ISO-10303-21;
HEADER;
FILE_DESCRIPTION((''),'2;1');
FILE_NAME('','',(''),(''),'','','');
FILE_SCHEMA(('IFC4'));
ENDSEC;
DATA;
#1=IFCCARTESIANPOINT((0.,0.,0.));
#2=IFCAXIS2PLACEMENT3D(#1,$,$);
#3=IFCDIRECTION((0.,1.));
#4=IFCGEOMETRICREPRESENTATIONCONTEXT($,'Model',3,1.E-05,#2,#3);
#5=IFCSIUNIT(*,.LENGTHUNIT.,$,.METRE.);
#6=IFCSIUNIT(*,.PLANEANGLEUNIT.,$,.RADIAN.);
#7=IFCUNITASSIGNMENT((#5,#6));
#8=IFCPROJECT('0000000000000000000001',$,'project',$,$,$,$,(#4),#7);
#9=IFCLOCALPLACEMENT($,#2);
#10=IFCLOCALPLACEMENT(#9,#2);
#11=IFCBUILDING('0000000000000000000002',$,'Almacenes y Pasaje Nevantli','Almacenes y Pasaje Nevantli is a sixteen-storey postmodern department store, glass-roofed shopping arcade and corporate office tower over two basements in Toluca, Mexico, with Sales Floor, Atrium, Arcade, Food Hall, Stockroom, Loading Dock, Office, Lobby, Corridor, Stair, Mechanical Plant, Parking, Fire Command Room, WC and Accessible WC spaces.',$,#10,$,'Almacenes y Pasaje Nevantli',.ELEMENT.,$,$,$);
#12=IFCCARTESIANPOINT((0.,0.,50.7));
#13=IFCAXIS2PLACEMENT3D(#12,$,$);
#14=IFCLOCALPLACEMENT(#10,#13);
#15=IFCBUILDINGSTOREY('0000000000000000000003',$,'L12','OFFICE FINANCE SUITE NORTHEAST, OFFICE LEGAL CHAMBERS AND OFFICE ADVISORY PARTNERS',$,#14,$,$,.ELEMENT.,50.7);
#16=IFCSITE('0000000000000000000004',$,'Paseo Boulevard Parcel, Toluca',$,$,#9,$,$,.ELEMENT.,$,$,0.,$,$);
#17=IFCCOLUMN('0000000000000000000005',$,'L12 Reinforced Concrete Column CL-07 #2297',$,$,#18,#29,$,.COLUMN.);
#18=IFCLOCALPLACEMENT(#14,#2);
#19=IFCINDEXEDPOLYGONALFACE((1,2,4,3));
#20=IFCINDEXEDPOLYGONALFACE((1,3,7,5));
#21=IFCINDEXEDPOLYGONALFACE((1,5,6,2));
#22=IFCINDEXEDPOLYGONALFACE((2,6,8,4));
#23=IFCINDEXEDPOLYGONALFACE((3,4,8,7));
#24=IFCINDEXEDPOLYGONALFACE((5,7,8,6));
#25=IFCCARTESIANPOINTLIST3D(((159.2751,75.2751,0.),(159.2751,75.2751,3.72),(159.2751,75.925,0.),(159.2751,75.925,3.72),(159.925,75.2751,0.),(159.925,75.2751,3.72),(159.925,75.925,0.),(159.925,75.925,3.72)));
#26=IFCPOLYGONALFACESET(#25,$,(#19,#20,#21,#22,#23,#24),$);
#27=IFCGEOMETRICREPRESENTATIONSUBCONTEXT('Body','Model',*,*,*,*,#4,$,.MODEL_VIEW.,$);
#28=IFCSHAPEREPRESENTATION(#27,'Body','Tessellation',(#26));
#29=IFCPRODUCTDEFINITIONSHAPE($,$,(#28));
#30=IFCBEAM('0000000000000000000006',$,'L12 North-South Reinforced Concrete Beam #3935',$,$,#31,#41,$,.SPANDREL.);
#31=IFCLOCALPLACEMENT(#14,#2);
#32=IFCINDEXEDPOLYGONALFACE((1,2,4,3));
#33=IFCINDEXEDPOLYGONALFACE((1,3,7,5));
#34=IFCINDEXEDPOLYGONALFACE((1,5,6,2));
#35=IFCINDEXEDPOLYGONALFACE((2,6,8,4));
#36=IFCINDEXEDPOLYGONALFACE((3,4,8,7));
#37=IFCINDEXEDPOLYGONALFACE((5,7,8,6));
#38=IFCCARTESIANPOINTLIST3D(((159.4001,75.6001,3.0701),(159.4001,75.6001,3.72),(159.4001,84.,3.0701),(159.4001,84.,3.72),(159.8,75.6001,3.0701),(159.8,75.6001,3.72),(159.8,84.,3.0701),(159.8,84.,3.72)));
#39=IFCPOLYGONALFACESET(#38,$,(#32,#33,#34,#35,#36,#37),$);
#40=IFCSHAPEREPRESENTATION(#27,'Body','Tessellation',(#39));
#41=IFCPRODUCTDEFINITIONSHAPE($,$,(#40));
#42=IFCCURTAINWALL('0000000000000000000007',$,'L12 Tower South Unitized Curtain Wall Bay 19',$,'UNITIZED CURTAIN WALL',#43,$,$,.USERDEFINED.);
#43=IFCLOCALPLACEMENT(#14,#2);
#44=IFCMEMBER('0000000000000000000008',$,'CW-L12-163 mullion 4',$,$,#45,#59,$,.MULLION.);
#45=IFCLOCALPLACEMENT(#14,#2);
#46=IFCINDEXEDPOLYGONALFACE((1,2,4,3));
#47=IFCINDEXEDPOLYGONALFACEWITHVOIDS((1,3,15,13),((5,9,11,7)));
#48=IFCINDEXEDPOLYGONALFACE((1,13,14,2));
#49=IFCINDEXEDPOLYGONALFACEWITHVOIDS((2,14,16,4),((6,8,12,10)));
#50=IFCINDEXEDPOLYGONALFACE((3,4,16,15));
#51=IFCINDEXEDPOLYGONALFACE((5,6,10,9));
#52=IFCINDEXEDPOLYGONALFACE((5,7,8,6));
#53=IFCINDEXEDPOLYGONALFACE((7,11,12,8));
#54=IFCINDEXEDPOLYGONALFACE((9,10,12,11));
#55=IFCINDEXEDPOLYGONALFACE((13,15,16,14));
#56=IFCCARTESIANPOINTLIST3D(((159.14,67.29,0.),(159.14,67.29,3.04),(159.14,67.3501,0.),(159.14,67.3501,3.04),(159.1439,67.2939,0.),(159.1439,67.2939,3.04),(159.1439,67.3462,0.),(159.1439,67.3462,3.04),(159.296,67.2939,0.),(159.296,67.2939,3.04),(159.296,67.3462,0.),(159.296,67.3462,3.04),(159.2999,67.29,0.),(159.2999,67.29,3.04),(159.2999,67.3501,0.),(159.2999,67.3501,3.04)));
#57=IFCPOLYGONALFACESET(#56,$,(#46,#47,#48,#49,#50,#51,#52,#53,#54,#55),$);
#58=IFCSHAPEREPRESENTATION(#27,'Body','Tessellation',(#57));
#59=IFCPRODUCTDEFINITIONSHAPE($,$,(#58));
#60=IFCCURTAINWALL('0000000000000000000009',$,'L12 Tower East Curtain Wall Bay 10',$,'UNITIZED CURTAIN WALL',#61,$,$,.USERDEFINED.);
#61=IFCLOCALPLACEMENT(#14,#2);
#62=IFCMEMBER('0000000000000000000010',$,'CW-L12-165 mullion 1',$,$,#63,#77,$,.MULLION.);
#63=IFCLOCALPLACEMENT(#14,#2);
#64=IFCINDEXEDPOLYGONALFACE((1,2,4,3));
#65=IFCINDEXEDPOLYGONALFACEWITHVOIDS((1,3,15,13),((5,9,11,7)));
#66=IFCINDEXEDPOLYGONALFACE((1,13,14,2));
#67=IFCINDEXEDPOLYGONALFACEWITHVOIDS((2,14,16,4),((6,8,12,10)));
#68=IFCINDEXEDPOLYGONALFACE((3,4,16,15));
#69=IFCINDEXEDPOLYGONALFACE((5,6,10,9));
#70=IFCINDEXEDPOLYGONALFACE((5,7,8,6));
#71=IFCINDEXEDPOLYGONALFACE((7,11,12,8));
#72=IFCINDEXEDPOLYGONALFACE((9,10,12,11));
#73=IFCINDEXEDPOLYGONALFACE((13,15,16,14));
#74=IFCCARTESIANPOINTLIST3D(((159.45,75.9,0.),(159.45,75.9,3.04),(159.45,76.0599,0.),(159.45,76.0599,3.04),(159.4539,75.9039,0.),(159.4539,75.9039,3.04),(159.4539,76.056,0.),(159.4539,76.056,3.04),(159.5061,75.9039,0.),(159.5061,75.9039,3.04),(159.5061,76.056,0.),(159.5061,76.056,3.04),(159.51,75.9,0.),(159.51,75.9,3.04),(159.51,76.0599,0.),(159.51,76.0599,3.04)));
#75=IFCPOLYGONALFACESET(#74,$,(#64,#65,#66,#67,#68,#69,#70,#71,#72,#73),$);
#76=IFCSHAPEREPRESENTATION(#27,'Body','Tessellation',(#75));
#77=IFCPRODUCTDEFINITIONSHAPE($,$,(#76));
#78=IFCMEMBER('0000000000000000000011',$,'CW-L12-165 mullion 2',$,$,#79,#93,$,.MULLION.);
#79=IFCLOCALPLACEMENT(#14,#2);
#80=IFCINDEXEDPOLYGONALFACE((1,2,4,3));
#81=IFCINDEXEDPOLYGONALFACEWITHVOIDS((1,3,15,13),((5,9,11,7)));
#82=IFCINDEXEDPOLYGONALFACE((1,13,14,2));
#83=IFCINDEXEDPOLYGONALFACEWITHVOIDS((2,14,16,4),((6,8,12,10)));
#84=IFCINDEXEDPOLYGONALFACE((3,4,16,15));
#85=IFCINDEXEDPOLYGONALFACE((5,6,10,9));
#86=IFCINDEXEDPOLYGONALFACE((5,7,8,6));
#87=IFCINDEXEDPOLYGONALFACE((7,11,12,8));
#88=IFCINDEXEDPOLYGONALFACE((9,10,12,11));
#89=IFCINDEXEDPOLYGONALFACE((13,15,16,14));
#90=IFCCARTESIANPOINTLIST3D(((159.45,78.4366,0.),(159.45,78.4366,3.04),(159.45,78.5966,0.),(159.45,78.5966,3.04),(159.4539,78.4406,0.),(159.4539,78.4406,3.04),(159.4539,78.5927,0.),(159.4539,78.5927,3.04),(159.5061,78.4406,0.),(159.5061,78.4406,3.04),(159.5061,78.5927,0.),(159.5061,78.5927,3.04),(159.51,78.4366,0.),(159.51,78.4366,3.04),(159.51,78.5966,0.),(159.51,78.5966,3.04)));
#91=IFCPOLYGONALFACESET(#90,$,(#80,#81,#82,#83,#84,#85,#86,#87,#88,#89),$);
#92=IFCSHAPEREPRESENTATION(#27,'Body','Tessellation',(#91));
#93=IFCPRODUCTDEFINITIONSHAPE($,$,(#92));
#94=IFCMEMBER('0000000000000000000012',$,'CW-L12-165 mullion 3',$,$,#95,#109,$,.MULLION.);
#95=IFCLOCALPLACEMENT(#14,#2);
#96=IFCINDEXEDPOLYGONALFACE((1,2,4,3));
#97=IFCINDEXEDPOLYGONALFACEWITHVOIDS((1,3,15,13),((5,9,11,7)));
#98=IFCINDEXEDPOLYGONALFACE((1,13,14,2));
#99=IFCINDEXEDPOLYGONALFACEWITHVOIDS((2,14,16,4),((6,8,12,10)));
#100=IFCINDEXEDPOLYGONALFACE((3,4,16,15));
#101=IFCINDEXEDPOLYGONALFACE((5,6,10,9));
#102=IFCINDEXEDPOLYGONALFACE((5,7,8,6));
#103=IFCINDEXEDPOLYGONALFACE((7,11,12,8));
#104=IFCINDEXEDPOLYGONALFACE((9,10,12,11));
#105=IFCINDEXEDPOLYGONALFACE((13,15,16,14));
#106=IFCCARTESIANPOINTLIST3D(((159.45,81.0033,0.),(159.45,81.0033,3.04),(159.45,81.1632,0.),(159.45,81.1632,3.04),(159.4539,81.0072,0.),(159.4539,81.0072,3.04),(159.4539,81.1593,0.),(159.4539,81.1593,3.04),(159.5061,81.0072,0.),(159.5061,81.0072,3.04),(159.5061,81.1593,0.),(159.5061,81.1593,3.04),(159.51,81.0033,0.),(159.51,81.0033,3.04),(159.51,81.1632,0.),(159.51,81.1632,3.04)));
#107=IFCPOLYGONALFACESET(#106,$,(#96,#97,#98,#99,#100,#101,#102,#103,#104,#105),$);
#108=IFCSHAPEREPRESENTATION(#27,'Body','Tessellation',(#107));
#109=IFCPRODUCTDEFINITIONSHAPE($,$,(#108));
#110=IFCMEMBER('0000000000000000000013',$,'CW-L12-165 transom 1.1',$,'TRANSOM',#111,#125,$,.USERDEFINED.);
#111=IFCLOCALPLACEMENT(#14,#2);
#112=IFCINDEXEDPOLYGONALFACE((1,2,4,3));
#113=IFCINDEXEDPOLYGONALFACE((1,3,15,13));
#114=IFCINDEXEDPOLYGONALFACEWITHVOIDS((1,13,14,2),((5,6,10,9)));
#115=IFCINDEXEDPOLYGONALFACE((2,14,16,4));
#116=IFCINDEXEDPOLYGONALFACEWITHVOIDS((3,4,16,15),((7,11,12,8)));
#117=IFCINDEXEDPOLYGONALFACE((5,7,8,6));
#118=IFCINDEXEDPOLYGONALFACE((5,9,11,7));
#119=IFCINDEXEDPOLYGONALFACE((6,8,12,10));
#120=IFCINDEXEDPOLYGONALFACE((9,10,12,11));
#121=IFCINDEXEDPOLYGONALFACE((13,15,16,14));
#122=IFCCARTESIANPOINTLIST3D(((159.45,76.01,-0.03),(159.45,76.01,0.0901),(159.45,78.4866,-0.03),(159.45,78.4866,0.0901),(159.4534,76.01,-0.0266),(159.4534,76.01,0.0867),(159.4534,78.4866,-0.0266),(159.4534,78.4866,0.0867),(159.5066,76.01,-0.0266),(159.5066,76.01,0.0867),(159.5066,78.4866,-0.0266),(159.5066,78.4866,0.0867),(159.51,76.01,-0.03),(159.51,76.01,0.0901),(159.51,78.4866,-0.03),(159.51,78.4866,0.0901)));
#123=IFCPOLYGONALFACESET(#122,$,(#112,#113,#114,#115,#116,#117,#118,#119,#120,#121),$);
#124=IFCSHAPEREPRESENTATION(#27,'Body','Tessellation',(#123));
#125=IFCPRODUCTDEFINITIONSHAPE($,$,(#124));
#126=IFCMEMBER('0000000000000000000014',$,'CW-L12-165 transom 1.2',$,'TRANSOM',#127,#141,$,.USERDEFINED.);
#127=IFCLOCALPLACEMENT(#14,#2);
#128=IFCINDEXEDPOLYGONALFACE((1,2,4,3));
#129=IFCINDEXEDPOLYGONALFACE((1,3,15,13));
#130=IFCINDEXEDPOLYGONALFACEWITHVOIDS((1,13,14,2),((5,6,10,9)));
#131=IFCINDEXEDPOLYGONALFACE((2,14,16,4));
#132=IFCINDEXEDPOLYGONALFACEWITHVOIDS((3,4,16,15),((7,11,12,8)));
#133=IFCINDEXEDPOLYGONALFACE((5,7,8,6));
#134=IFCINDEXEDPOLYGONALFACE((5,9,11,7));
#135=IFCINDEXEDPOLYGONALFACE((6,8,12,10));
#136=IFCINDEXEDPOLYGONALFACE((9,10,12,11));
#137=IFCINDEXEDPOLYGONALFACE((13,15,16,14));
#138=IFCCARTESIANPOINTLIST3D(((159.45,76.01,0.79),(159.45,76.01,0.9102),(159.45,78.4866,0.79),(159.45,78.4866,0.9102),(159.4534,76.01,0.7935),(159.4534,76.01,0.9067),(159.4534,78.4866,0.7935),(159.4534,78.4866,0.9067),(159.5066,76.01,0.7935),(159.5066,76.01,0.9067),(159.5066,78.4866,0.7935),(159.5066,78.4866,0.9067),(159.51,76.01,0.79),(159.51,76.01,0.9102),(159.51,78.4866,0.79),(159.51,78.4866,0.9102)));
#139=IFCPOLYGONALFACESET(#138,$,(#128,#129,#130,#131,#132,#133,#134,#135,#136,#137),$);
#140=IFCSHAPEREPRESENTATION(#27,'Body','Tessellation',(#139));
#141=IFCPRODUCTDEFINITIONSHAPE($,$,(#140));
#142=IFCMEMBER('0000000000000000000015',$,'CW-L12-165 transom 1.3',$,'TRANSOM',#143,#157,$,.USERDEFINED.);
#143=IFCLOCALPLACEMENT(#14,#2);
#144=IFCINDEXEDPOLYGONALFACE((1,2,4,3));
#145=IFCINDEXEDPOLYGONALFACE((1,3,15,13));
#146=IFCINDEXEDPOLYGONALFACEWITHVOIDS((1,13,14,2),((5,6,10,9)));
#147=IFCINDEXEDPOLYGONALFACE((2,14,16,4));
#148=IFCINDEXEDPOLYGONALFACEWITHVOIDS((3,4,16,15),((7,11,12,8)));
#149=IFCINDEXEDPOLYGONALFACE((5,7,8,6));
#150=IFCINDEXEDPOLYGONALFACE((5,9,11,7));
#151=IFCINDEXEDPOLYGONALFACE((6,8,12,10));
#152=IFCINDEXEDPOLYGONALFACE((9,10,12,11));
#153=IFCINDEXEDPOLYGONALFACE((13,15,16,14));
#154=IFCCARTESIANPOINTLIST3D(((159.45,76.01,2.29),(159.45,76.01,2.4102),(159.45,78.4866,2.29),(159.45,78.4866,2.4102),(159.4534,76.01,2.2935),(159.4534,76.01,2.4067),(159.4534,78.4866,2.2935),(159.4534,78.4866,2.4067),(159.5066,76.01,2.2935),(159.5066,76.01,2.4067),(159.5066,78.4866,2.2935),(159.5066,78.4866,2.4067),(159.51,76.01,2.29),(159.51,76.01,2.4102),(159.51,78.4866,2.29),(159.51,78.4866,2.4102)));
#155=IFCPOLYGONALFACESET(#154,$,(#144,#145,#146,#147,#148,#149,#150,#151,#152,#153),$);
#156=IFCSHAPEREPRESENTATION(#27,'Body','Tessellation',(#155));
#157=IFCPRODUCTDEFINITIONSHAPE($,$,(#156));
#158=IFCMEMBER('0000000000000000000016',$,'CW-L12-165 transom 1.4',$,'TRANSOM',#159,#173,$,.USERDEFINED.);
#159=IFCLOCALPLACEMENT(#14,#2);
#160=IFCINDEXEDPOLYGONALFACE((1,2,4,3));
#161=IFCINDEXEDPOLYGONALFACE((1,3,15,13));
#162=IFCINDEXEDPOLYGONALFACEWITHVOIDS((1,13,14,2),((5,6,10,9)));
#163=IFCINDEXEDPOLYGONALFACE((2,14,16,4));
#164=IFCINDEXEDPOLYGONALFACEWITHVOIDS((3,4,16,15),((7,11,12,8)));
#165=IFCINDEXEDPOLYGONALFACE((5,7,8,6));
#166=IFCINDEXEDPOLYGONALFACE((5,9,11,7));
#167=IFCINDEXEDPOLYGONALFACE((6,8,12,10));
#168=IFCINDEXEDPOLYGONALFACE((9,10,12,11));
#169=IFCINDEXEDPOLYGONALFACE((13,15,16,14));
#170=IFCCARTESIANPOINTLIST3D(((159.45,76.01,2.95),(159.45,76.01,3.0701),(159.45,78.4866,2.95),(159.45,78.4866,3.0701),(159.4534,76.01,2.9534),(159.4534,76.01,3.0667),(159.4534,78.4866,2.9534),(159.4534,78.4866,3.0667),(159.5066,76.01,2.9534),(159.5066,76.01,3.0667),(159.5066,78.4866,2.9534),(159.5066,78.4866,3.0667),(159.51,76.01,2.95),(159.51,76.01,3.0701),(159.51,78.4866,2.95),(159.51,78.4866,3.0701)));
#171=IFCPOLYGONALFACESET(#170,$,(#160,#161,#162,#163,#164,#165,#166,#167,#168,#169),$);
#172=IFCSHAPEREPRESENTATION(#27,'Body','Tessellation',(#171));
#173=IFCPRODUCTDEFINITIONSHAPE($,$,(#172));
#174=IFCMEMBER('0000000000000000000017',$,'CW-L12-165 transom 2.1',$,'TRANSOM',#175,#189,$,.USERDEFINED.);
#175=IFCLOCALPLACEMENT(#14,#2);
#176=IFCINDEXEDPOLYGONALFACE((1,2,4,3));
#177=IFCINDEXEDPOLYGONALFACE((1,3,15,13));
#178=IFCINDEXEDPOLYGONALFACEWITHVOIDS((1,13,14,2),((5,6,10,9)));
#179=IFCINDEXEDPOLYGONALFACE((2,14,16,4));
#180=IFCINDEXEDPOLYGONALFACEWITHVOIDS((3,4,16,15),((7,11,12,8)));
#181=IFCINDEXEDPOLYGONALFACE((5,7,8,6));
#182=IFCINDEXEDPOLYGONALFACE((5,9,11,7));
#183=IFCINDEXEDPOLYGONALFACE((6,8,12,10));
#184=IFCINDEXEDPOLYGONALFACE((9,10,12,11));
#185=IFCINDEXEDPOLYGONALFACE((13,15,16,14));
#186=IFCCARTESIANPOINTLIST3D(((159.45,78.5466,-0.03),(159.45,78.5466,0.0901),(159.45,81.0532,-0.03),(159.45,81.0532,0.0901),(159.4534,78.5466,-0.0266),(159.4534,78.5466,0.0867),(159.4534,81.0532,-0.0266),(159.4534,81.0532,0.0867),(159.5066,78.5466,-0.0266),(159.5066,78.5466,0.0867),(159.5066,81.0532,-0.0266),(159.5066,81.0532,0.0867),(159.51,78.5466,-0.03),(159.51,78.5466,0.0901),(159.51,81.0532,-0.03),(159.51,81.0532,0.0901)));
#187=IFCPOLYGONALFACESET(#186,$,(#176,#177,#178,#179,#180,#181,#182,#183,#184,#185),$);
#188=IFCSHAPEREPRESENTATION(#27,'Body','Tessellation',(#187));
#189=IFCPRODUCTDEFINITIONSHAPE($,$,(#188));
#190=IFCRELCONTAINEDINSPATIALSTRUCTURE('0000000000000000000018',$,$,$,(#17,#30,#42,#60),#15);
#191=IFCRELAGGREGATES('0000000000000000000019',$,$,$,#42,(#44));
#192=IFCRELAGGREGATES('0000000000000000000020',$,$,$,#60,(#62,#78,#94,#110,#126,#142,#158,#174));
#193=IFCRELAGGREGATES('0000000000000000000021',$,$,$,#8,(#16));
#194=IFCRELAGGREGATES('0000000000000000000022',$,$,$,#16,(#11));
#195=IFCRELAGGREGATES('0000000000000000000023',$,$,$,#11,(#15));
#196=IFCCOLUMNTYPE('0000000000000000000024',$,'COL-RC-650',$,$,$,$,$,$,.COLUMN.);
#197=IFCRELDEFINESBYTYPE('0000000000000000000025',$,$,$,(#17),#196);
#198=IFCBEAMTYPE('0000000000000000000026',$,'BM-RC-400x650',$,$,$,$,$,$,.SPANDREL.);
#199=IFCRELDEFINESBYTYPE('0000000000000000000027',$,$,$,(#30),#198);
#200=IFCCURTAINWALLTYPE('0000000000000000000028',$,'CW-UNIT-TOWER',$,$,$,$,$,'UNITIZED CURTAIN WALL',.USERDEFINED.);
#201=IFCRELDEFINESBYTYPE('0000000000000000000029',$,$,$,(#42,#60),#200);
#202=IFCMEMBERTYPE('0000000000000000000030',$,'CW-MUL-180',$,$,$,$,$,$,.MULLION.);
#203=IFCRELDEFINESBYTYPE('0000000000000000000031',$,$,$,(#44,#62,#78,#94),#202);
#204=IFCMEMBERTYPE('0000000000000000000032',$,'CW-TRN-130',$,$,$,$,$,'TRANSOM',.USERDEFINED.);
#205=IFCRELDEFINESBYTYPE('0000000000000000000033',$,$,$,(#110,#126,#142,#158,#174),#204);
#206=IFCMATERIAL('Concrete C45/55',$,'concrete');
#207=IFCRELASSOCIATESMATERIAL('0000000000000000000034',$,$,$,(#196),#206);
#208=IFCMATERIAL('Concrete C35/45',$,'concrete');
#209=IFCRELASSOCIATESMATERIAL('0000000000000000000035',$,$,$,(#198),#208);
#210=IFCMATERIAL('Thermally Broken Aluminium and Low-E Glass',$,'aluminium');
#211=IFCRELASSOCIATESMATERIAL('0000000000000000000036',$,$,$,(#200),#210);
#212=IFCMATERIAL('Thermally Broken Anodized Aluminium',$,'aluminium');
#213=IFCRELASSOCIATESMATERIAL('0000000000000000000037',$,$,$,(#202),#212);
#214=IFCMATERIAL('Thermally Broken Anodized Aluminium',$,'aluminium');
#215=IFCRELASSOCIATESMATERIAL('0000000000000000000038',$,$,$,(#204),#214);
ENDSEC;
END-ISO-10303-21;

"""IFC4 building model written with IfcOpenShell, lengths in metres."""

from ifc_helpers import new_model, si_unit, direction, frame, origin, origin_2d, place, context, subcontext, project, spatial, rectangle, hollow_rectangle, extrude, material, material_profile, profile_set, type_object, element, aggregate, save


model = new_model("IFC4")

# Units and contexts
model_context = context("Model", 3, precision=1e-05, world=origin(), true_north=direction((0.0, 1.0)))
body_context = subcontext(model_context, "Body", "Model", "MODEL_VIEW")
ifc_project = project(units=[si_unit("LENGTHUNIT", "METRE"), si_unit("PLANEANGLEUNIT", "RADIAN")], contexts=[model_context])

# Site, building, storey
site_placement = place(None, origin())
site = spatial("IfcSite", under=ifc_project, at=site_placement, Name="Paseo Boulevard Parcel, Toluca", CompositionType="ELEMENT", RefElevation=0.0)
building_placement = place(site_placement, origin())
building = spatial("IfcBuilding", under=site, at=building_placement, Name="Almacenes y Pasaje Nevantli", Description="Almacenes y Pasaje Nevantli is a sixteen-storey postmodern department store, glass-roofed shopping arcade and corporate office tower over two basements in Toluca, Mexico, with Sales Floor, Atrium, Arcade, Food Hall, Stockroom, Loading Dock, Office, Lobby, Corridor, Stair, Mechanical Plant, Parking, Fire Command Room, WC and Accessible WC spaces.", LongName="Almacenes y Pasaje Nevantli", CompositionType="ELEMENT")
storey_placement = place(building_placement, frame((0.0, 0.0, 50.7)))
storey = spatial("IfcBuildingStorey", under=building, at=storey_placement, Name="L12", Description="OFFICE FINANCE SUITE NORTHEAST, OFFICE LEGAL CHAMBERS AND OFFICE ADVISORY PARTNERS", CompositionType="ELEMENT", Elevation=50.7)

# Column
ifc_material_1 = material(Name="Concrete C45/55", Category="concrete")
ifc_material_profile_1 = material_profile(ifc_material_1, rectangle(XDim=0.6499, YDim=0.6499, at=origin_2d()), Name="RC-COL-650x650")
ifc_profile_set_1 = profile_set([ifc_material_profile_1], Name="Concrete C45/55")
column_type = type_object("IfcColumnType", Name="COL-RC-650", PredefinedType="COLUMN", material=ifc_profile_set_1)
column_placement = place(storey_placement, frame((159.6001, 75.6001, 0.0), z_axis=(0.0, 0.0, 1.0), x_axis=(1.0, 0.0, 0.0)))
element("IfcColumn", 1, at=column_placement, inside=storey, type_object=column_type, Name="L12 Reinforced Concrete Column CL-07 #2297", PredefinedType="COLUMN", context=body_context, shape_type="SweptSolid", body=[
    extrude(rectangle(XDim=0.6499, YDim=0.6499, at=origin_2d()), origin(), (0.0, 0.0, 1.0), 3.72),
])

# Beam
ifc_material_2 = material(Name="Concrete C35/45", Category="concrete")
ifc_material_profile_2 = material_profile(ifc_material_2, rectangle(XDim=0.3999, YDim=0.6499, at=origin_2d()), Name="RC-BM-400x650")
ifc_profile_set_2 = profile_set([ifc_material_profile_2], Name="Concrete C35/45")
beam_type = type_object("IfcBeamType", Name="BM-RC-400x650", PredefinedType="SPANDREL", material=ifc_profile_set_2)
beam_placement = place(storey_placement, frame((159.6001, 75.6001, 3.395), z_axis=(0.0, 1.0, 0.0), x_axis=(-1.0, 0.0, 0.0)))
element("IfcBeam", 2, at=beam_placement, inside=storey, type_object=beam_type, Name="L12 North-South Reinforced Concrete Beam #3935", PredefinedType="SPANDREL", context=body_context, shape_type="SweptSolid", body=[
    extrude(rectangle(XDim=0.3999, YDim=0.6499, at=origin_2d()), origin(), (0.0, 0.0, 1.0), 8.3999),
])

# Curtain wall, member
ifc_material_3 = material(Name="Thermally Broken Aluminium and Low-E Glass", Category="aluminium")
curtain_wall_type = type_object("IfcCurtainWallType", Name="CW-UNIT-TOWER", ElementType="UNITIZED CURTAIN WALL", PredefinedType="USERDEFINED", material=ifc_material_3)
curtain_wall_1_placement = place(storey_placement, origin())
curtain_wall_1 = element("IfcCurtainWall", 3, at=curtain_wall_1_placement, inside=storey, type_object=curtain_wall_type, Name="L12 Tower South Unitized Curtain Wall Bay 19", ObjectType="UNITIZED CURTAIN WALL", PredefinedType="USERDEFINED")
ifc_material_4 = material(Name="Thermally Broken Anodized Aluminium", Category="aluminium")
ifc_material_profile_3 = material_profile(ifc_material_4, hollow_rectangle(XDim=0.0601, YDim=0.1599, WallThickness=0.0039, at=origin_2d()), Name="ALU-MUL-60x160")
ifc_profile_set_3 = profile_set([ifc_material_profile_3], Name="Thermally Broken Anodized Aluminium")
member_type_1 = type_object("IfcMemberType", Name="CW-MUL-180", PredefinedType="MULLION", material=ifc_profile_set_3)
member_1_placement = place(storey_placement, frame((159.22, 67.3201, 0.0), z_axis=(0.0, 0.0, 1.0), x_axis=(0.0, 1.0, 0.0)))
member_1 = element("IfcMember", 4, at=member_1_placement, type_object=member_type_1, Name="CW-L12-163 mullion 4", PredefinedType="MULLION", context=body_context, shape_type="SweptSolid", body=[
    extrude(hollow_rectangle(XDim=0.0601, YDim=0.1599, WallThickness=0.0039, at=origin_2d()), origin(), (0.0, 0.0, 1.0), 3.04),
])

# Curtain wall, members
curtain_wall_2_placement = place(storey_placement, origin())
curtain_wall_2 = element("IfcCurtainWall", 5, at=curtain_wall_2_placement, inside=storey, type_object=curtain_wall_type, Name="L12 Tower East Curtain Wall Bay 10", ObjectType="UNITIZED CURTAIN WALL", PredefinedType="USERDEFINED")
member_2_placement = place(storey_placement, frame((159.48, 75.98, 0.0), z_axis=(0.0, 0.0, 1.0), x_axis=(-1.0, 0.0, 0.0)))
member_2 = element("IfcMember", 6, at=member_2_placement, type_object=member_type_1, Name="CW-L12-165 mullion 1", PredefinedType="MULLION", context=body_context, shape_type="SweptSolid", body=[
    extrude(hollow_rectangle(XDim=0.0601, YDim=0.1599, WallThickness=0.0039, at=origin_2d()), origin(), (0.0, 0.0, 1.0), 3.04),
])
member_3_placement = place(storey_placement, frame((159.48, 78.5166, 0.0), z_axis=(0.0, 0.0, 1.0), x_axis=(-1.0, 0.0, 0.0)))
member_3 = element("IfcMember", 7, at=member_3_placement, type_object=member_type_1, Name="CW-L12-165 mullion 2", PredefinedType="MULLION", context=body_context, shape_type="SweptSolid", body=[
    extrude(hollow_rectangle(XDim=0.0601, YDim=0.1599, WallThickness=0.0039, at=origin_2d()), origin(), (0.0, 0.0, 1.0), 3.04),
])
member_4_placement = place(storey_placement, frame((159.48, 81.0833, 0.0), z_axis=(0.0, 0.0, 1.0), x_axis=(-1.0, 0.0, 0.0)))
member_4 = element("IfcMember", 8, at=member_4_placement, type_object=member_type_1, Name="CW-L12-165 mullion 3", PredefinedType="MULLION", context=body_context, shape_type="SweptSolid", body=[
    extrude(hollow_rectangle(XDim=0.0601, YDim=0.1599, WallThickness=0.0039, at=origin_2d()), origin(), (0.0, 0.0, 1.0), 3.04),
])
ifc_material_5 = material(Name="Thermally Broken Anodized Aluminium", Category="aluminium")
ifc_material_profile_4 = material_profile(ifc_material_5, hollow_rectangle(XDim=0.0601, YDim=0.1201, WallThickness=0.0034, at=origin_2d()), Name="ALU-TRN-60x120")
ifc_profile_set_4 = profile_set([ifc_material_profile_4], Name="Thermally Broken Anodized Aluminium")
member_type_2 = type_object("IfcMemberType", Name="CW-TRN-130", ElementType="TRANSOM", PredefinedType="USERDEFINED", material=ifc_profile_set_4)
member_5_placement = place(storey_placement, frame((159.48, 76.01, 0.03), z_axis=(0.0, 1.0, 0.0), x_axis=(-1.0, 0.0, 0.0)))
member_5 = element("IfcMember", 9, at=member_5_placement, type_object=member_type_2, Name="CW-L12-165 transom 1.1", ObjectType="TRANSOM", PredefinedType="USERDEFINED", context=body_context, shape_type="SweptSolid", body=[
    extrude(hollow_rectangle(XDim=0.0601, YDim=0.1201, WallThickness=0.0034, at=origin_2d()), origin(), (0.0, 0.0, 1.0), 2.4766),
])
member_6_placement = place(storey_placement, frame((159.48, 76.01, 0.8501), z_axis=(0.0, 1.0, 0.0), x_axis=(-1.0, 0.0, 0.0)))
member_6 = element("IfcMember", 10, at=member_6_placement, type_object=member_type_2, Name="CW-L12-165 transom 1.2", ObjectType="TRANSOM", PredefinedType="USERDEFINED", context=body_context, shape_type="SweptSolid", body=[
    extrude(hollow_rectangle(XDim=0.0601, YDim=0.1201, WallThickness=0.0034, at=origin_2d()), origin(), (0.0, 0.0, 1.0), 2.4766),
])
member_7_placement = place(storey_placement, frame((159.48, 76.01, 2.3501), z_axis=(0.0, 1.0, 0.0), x_axis=(-1.0, 0.0, 0.0)))
member_7 = element("IfcMember", 11, at=member_7_placement, type_object=member_type_2, Name="CW-L12-165 transom 1.3", ObjectType="TRANSOM", PredefinedType="USERDEFINED", context=body_context, shape_type="SweptSolid", body=[
    extrude(hollow_rectangle(XDim=0.0601, YDim=0.1201, WallThickness=0.0034, at=origin_2d()), origin(), (0.0, 0.0, 1.0), 2.4766),
])
member_8_placement = place(storey_placement, frame((159.48, 76.01, 3.01), z_axis=(0.0, 1.0, 0.0), x_axis=(-1.0, 0.0, 0.0)))
member_8 = element("IfcMember", 12, at=member_8_placement, type_object=member_type_2, Name="CW-L12-165 transom 1.4", ObjectType="TRANSOM", PredefinedType="USERDEFINED", context=body_context, shape_type="SweptSolid", body=[
    extrude(hollow_rectangle(XDim=0.0601, YDim=0.1201, WallThickness=0.0034, at=origin_2d()), origin(), (0.0, 0.0, 1.0), 2.4766),
])
member_9_placement = place(storey_placement, frame((159.48, 78.5466, 0.03), z_axis=(0.0, 1.0, 0.0), x_axis=(-1.0, 0.0, 0.0)))
member_9 = element("IfcMember", 13, at=member_9_placement, type_object=member_type_2, Name="CW-L12-165 transom 2.1", ObjectType="TRANSOM", PredefinedType="USERDEFINED", context=body_context, shape_type="SweptSolid", body=[
    extrude(hollow_rectangle(XDim=0.0601, YDim=0.1201, WallThickness=0.0034, at=origin_2d()), origin(), (0.0, 0.0, 1.0), 2.5066),
])

aggregate(curtain_wall_1, [member_1])
aggregate(curtain_wall_2, [member_2, member_3, member_4, member_5, member_6, member_7, member_8, member_9])

save(model, "model.ifc")
